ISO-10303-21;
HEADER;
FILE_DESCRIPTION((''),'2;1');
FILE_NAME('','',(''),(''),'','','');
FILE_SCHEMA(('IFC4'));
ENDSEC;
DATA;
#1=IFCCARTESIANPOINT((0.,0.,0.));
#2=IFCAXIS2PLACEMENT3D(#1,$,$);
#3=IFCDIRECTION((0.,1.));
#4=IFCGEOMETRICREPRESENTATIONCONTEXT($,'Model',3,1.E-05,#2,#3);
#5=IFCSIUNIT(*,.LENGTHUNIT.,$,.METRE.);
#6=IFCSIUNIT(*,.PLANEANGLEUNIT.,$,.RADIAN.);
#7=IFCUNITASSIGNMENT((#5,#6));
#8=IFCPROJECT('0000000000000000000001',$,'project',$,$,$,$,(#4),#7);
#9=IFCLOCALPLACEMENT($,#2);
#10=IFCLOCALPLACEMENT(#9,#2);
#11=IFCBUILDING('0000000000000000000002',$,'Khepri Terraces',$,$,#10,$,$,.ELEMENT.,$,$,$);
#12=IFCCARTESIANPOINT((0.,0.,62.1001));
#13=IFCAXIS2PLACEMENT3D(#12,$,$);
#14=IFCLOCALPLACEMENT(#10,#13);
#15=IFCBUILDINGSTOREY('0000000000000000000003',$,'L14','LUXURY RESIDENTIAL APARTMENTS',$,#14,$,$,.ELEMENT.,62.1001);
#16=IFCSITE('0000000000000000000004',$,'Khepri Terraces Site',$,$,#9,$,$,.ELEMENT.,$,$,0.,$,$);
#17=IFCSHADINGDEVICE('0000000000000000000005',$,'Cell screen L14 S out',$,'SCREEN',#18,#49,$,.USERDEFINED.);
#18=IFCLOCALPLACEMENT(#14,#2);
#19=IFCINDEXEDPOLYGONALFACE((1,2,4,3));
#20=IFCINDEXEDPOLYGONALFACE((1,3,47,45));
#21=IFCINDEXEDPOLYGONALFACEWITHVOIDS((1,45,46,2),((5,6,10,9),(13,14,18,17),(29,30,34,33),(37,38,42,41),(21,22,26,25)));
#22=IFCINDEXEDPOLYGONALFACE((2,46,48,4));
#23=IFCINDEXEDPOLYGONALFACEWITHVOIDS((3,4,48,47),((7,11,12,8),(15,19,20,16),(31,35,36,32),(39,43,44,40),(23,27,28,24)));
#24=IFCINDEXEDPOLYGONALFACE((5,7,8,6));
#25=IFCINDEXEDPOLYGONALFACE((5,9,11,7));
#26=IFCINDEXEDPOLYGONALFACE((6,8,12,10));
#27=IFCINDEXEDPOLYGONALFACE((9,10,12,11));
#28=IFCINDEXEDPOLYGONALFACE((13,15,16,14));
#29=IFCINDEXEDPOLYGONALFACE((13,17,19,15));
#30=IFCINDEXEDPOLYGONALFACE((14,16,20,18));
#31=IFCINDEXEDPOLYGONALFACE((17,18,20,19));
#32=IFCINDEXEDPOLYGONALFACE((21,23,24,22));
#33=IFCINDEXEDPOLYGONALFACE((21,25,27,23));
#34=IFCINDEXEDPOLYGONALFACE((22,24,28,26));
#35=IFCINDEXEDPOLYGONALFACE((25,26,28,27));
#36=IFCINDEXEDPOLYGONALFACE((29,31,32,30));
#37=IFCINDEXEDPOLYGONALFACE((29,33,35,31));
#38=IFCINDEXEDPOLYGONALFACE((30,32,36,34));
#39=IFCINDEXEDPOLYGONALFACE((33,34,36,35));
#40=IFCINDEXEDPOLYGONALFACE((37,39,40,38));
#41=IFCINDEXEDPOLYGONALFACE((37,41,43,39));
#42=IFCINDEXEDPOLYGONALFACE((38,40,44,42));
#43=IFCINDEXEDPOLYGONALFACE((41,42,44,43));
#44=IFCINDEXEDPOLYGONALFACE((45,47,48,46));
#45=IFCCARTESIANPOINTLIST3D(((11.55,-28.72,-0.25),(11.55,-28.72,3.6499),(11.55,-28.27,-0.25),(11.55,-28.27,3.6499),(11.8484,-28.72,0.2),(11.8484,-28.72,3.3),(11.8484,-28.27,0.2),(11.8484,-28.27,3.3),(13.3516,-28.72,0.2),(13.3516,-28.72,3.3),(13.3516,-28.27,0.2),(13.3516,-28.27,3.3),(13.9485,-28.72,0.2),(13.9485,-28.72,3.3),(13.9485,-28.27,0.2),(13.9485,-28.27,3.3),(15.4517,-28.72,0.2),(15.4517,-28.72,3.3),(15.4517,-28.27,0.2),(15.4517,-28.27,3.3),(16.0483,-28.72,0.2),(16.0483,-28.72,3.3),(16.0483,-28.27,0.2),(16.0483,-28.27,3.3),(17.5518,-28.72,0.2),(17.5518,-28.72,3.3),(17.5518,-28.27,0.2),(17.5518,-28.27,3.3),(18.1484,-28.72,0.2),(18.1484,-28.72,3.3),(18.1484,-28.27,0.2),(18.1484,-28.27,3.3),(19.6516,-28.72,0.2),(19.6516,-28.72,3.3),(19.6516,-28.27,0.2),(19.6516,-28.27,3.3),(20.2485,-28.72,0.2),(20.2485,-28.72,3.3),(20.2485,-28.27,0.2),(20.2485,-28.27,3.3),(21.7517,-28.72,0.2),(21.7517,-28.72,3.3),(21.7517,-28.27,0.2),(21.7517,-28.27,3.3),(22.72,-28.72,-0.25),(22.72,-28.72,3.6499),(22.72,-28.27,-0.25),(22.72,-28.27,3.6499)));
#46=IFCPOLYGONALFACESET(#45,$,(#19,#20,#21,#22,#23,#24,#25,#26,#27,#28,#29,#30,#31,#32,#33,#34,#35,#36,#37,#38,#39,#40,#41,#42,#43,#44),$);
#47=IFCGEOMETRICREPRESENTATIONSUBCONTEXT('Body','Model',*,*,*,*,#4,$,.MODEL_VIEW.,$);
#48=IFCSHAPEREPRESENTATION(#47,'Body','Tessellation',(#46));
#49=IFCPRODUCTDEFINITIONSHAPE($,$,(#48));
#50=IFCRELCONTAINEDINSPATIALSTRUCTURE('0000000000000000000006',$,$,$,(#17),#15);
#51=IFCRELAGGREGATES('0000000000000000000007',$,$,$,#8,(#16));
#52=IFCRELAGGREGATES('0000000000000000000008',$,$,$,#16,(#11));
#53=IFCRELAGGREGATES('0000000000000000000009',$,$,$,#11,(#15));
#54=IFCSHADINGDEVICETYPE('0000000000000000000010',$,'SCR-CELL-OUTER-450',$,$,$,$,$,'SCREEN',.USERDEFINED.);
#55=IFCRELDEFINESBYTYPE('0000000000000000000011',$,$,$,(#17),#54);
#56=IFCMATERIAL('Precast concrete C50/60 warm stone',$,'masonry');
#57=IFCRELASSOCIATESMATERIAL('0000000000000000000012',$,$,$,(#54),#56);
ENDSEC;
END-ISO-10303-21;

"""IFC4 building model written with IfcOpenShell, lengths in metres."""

from ifc_helpers import new_model, si_unit, direction, frame, origin, place, context, subcontext, project, spatial, polyline, outline, extrude, material, type_object, element, save


model = new_model("IFC4")

# Units and contexts
model_context = context("Model", 3, precision=1e-05, world=origin(), true_north=direction((0.0, 1.0)))
body_context = subcontext(model_context, "Body", "Model", "MODEL_VIEW")
ifc_project = project(units=[si_unit("LENGTHUNIT", "METRE"), si_unit("PLANEANGLEUNIT", "RADIAN")], contexts=[model_context])

# Site, building, storey
site_placement = place(None, origin())
site = spatial("IfcSite", under=ifc_project, at=site_placement, Name="Khepri Terraces Site", CompositionType="ELEMENT", RefElevation=0.0)
building_placement = place(site_placement, origin())
building = spatial("IfcBuilding", under=site, at=building_placement, Name="Khepri Terraces", CompositionType="ELEMENT")
storey_placement = place(building_placement, frame((0.0, 0.0, 62.1001)))
storey = spatial("IfcBuildingStorey", under=building, at=storey_placement, Name="L14", Description="LUXURY RESIDENTIAL APARTMENTS", CompositionType="ELEMENT", Elevation=62.1001)

# Shared definitions
ifc_material_1 = material(Name="Precast concrete C50/60 warm stone", Category="masonry")

# Shading device
shading_device_type_1 = type_object("IfcShadingDeviceType", Name="SCR-CELL-OUTER-450", ElementType="SCREEN", PredefinedType="USERDEFINED", material=ifc_material_1)
shading_device_1_placement = place(storey_placement, frame((11.55, -28.27, -0.25), z_axis=(0.0, -1.0, 0.0), x_axis=(1.0, 0.0, 0.0)))
element("IfcShadingDevice", 1, at=shading_device_1_placement, inside=storey, type_object=shading_device_type_1, Name="Cell screen L14 S out", ObjectType="SCREEN", PredefinedType="USERDEFINED", context=body_context, shape_type="SweptSolid", body=[
    extrude(outline(polyline([(0.0, 0.0), (11.1699, 0.0), (11.1699, 3.8999), (0.0, 3.8999), (0.0, 0.0)]), holes=[polyline([(0.2983, 0.45), (1.8015, 0.45), (1.8015, 3.55), (0.2983, 3.55), (0.2983, 0.45)]), polyline([(2.3984, 0.45), (3.9016, 0.45), (3.9016, 3.55), (2.3984, 3.55), (2.3984, 0.45)]), polyline([(4.4983, 0.45), (6.0017, 0.45), (6.0017, 3.55), (4.4983, 3.55), (4.4983, 0.45)]), polyline([(6.5984, 0.45), (8.1016, 0.45), (8.1016, 3.55), (6.5984, 3.55), (6.5984, 0.45)]), polyline([(8.6985, 0.45), (10.2017, 0.45), (10.2017, 3.55), (8.6985, 3.55), (8.6985, 0.45)])]), origin(), (0.0, 0.0, 1.0), 0.45),
])

save(model, "model.ifc")
